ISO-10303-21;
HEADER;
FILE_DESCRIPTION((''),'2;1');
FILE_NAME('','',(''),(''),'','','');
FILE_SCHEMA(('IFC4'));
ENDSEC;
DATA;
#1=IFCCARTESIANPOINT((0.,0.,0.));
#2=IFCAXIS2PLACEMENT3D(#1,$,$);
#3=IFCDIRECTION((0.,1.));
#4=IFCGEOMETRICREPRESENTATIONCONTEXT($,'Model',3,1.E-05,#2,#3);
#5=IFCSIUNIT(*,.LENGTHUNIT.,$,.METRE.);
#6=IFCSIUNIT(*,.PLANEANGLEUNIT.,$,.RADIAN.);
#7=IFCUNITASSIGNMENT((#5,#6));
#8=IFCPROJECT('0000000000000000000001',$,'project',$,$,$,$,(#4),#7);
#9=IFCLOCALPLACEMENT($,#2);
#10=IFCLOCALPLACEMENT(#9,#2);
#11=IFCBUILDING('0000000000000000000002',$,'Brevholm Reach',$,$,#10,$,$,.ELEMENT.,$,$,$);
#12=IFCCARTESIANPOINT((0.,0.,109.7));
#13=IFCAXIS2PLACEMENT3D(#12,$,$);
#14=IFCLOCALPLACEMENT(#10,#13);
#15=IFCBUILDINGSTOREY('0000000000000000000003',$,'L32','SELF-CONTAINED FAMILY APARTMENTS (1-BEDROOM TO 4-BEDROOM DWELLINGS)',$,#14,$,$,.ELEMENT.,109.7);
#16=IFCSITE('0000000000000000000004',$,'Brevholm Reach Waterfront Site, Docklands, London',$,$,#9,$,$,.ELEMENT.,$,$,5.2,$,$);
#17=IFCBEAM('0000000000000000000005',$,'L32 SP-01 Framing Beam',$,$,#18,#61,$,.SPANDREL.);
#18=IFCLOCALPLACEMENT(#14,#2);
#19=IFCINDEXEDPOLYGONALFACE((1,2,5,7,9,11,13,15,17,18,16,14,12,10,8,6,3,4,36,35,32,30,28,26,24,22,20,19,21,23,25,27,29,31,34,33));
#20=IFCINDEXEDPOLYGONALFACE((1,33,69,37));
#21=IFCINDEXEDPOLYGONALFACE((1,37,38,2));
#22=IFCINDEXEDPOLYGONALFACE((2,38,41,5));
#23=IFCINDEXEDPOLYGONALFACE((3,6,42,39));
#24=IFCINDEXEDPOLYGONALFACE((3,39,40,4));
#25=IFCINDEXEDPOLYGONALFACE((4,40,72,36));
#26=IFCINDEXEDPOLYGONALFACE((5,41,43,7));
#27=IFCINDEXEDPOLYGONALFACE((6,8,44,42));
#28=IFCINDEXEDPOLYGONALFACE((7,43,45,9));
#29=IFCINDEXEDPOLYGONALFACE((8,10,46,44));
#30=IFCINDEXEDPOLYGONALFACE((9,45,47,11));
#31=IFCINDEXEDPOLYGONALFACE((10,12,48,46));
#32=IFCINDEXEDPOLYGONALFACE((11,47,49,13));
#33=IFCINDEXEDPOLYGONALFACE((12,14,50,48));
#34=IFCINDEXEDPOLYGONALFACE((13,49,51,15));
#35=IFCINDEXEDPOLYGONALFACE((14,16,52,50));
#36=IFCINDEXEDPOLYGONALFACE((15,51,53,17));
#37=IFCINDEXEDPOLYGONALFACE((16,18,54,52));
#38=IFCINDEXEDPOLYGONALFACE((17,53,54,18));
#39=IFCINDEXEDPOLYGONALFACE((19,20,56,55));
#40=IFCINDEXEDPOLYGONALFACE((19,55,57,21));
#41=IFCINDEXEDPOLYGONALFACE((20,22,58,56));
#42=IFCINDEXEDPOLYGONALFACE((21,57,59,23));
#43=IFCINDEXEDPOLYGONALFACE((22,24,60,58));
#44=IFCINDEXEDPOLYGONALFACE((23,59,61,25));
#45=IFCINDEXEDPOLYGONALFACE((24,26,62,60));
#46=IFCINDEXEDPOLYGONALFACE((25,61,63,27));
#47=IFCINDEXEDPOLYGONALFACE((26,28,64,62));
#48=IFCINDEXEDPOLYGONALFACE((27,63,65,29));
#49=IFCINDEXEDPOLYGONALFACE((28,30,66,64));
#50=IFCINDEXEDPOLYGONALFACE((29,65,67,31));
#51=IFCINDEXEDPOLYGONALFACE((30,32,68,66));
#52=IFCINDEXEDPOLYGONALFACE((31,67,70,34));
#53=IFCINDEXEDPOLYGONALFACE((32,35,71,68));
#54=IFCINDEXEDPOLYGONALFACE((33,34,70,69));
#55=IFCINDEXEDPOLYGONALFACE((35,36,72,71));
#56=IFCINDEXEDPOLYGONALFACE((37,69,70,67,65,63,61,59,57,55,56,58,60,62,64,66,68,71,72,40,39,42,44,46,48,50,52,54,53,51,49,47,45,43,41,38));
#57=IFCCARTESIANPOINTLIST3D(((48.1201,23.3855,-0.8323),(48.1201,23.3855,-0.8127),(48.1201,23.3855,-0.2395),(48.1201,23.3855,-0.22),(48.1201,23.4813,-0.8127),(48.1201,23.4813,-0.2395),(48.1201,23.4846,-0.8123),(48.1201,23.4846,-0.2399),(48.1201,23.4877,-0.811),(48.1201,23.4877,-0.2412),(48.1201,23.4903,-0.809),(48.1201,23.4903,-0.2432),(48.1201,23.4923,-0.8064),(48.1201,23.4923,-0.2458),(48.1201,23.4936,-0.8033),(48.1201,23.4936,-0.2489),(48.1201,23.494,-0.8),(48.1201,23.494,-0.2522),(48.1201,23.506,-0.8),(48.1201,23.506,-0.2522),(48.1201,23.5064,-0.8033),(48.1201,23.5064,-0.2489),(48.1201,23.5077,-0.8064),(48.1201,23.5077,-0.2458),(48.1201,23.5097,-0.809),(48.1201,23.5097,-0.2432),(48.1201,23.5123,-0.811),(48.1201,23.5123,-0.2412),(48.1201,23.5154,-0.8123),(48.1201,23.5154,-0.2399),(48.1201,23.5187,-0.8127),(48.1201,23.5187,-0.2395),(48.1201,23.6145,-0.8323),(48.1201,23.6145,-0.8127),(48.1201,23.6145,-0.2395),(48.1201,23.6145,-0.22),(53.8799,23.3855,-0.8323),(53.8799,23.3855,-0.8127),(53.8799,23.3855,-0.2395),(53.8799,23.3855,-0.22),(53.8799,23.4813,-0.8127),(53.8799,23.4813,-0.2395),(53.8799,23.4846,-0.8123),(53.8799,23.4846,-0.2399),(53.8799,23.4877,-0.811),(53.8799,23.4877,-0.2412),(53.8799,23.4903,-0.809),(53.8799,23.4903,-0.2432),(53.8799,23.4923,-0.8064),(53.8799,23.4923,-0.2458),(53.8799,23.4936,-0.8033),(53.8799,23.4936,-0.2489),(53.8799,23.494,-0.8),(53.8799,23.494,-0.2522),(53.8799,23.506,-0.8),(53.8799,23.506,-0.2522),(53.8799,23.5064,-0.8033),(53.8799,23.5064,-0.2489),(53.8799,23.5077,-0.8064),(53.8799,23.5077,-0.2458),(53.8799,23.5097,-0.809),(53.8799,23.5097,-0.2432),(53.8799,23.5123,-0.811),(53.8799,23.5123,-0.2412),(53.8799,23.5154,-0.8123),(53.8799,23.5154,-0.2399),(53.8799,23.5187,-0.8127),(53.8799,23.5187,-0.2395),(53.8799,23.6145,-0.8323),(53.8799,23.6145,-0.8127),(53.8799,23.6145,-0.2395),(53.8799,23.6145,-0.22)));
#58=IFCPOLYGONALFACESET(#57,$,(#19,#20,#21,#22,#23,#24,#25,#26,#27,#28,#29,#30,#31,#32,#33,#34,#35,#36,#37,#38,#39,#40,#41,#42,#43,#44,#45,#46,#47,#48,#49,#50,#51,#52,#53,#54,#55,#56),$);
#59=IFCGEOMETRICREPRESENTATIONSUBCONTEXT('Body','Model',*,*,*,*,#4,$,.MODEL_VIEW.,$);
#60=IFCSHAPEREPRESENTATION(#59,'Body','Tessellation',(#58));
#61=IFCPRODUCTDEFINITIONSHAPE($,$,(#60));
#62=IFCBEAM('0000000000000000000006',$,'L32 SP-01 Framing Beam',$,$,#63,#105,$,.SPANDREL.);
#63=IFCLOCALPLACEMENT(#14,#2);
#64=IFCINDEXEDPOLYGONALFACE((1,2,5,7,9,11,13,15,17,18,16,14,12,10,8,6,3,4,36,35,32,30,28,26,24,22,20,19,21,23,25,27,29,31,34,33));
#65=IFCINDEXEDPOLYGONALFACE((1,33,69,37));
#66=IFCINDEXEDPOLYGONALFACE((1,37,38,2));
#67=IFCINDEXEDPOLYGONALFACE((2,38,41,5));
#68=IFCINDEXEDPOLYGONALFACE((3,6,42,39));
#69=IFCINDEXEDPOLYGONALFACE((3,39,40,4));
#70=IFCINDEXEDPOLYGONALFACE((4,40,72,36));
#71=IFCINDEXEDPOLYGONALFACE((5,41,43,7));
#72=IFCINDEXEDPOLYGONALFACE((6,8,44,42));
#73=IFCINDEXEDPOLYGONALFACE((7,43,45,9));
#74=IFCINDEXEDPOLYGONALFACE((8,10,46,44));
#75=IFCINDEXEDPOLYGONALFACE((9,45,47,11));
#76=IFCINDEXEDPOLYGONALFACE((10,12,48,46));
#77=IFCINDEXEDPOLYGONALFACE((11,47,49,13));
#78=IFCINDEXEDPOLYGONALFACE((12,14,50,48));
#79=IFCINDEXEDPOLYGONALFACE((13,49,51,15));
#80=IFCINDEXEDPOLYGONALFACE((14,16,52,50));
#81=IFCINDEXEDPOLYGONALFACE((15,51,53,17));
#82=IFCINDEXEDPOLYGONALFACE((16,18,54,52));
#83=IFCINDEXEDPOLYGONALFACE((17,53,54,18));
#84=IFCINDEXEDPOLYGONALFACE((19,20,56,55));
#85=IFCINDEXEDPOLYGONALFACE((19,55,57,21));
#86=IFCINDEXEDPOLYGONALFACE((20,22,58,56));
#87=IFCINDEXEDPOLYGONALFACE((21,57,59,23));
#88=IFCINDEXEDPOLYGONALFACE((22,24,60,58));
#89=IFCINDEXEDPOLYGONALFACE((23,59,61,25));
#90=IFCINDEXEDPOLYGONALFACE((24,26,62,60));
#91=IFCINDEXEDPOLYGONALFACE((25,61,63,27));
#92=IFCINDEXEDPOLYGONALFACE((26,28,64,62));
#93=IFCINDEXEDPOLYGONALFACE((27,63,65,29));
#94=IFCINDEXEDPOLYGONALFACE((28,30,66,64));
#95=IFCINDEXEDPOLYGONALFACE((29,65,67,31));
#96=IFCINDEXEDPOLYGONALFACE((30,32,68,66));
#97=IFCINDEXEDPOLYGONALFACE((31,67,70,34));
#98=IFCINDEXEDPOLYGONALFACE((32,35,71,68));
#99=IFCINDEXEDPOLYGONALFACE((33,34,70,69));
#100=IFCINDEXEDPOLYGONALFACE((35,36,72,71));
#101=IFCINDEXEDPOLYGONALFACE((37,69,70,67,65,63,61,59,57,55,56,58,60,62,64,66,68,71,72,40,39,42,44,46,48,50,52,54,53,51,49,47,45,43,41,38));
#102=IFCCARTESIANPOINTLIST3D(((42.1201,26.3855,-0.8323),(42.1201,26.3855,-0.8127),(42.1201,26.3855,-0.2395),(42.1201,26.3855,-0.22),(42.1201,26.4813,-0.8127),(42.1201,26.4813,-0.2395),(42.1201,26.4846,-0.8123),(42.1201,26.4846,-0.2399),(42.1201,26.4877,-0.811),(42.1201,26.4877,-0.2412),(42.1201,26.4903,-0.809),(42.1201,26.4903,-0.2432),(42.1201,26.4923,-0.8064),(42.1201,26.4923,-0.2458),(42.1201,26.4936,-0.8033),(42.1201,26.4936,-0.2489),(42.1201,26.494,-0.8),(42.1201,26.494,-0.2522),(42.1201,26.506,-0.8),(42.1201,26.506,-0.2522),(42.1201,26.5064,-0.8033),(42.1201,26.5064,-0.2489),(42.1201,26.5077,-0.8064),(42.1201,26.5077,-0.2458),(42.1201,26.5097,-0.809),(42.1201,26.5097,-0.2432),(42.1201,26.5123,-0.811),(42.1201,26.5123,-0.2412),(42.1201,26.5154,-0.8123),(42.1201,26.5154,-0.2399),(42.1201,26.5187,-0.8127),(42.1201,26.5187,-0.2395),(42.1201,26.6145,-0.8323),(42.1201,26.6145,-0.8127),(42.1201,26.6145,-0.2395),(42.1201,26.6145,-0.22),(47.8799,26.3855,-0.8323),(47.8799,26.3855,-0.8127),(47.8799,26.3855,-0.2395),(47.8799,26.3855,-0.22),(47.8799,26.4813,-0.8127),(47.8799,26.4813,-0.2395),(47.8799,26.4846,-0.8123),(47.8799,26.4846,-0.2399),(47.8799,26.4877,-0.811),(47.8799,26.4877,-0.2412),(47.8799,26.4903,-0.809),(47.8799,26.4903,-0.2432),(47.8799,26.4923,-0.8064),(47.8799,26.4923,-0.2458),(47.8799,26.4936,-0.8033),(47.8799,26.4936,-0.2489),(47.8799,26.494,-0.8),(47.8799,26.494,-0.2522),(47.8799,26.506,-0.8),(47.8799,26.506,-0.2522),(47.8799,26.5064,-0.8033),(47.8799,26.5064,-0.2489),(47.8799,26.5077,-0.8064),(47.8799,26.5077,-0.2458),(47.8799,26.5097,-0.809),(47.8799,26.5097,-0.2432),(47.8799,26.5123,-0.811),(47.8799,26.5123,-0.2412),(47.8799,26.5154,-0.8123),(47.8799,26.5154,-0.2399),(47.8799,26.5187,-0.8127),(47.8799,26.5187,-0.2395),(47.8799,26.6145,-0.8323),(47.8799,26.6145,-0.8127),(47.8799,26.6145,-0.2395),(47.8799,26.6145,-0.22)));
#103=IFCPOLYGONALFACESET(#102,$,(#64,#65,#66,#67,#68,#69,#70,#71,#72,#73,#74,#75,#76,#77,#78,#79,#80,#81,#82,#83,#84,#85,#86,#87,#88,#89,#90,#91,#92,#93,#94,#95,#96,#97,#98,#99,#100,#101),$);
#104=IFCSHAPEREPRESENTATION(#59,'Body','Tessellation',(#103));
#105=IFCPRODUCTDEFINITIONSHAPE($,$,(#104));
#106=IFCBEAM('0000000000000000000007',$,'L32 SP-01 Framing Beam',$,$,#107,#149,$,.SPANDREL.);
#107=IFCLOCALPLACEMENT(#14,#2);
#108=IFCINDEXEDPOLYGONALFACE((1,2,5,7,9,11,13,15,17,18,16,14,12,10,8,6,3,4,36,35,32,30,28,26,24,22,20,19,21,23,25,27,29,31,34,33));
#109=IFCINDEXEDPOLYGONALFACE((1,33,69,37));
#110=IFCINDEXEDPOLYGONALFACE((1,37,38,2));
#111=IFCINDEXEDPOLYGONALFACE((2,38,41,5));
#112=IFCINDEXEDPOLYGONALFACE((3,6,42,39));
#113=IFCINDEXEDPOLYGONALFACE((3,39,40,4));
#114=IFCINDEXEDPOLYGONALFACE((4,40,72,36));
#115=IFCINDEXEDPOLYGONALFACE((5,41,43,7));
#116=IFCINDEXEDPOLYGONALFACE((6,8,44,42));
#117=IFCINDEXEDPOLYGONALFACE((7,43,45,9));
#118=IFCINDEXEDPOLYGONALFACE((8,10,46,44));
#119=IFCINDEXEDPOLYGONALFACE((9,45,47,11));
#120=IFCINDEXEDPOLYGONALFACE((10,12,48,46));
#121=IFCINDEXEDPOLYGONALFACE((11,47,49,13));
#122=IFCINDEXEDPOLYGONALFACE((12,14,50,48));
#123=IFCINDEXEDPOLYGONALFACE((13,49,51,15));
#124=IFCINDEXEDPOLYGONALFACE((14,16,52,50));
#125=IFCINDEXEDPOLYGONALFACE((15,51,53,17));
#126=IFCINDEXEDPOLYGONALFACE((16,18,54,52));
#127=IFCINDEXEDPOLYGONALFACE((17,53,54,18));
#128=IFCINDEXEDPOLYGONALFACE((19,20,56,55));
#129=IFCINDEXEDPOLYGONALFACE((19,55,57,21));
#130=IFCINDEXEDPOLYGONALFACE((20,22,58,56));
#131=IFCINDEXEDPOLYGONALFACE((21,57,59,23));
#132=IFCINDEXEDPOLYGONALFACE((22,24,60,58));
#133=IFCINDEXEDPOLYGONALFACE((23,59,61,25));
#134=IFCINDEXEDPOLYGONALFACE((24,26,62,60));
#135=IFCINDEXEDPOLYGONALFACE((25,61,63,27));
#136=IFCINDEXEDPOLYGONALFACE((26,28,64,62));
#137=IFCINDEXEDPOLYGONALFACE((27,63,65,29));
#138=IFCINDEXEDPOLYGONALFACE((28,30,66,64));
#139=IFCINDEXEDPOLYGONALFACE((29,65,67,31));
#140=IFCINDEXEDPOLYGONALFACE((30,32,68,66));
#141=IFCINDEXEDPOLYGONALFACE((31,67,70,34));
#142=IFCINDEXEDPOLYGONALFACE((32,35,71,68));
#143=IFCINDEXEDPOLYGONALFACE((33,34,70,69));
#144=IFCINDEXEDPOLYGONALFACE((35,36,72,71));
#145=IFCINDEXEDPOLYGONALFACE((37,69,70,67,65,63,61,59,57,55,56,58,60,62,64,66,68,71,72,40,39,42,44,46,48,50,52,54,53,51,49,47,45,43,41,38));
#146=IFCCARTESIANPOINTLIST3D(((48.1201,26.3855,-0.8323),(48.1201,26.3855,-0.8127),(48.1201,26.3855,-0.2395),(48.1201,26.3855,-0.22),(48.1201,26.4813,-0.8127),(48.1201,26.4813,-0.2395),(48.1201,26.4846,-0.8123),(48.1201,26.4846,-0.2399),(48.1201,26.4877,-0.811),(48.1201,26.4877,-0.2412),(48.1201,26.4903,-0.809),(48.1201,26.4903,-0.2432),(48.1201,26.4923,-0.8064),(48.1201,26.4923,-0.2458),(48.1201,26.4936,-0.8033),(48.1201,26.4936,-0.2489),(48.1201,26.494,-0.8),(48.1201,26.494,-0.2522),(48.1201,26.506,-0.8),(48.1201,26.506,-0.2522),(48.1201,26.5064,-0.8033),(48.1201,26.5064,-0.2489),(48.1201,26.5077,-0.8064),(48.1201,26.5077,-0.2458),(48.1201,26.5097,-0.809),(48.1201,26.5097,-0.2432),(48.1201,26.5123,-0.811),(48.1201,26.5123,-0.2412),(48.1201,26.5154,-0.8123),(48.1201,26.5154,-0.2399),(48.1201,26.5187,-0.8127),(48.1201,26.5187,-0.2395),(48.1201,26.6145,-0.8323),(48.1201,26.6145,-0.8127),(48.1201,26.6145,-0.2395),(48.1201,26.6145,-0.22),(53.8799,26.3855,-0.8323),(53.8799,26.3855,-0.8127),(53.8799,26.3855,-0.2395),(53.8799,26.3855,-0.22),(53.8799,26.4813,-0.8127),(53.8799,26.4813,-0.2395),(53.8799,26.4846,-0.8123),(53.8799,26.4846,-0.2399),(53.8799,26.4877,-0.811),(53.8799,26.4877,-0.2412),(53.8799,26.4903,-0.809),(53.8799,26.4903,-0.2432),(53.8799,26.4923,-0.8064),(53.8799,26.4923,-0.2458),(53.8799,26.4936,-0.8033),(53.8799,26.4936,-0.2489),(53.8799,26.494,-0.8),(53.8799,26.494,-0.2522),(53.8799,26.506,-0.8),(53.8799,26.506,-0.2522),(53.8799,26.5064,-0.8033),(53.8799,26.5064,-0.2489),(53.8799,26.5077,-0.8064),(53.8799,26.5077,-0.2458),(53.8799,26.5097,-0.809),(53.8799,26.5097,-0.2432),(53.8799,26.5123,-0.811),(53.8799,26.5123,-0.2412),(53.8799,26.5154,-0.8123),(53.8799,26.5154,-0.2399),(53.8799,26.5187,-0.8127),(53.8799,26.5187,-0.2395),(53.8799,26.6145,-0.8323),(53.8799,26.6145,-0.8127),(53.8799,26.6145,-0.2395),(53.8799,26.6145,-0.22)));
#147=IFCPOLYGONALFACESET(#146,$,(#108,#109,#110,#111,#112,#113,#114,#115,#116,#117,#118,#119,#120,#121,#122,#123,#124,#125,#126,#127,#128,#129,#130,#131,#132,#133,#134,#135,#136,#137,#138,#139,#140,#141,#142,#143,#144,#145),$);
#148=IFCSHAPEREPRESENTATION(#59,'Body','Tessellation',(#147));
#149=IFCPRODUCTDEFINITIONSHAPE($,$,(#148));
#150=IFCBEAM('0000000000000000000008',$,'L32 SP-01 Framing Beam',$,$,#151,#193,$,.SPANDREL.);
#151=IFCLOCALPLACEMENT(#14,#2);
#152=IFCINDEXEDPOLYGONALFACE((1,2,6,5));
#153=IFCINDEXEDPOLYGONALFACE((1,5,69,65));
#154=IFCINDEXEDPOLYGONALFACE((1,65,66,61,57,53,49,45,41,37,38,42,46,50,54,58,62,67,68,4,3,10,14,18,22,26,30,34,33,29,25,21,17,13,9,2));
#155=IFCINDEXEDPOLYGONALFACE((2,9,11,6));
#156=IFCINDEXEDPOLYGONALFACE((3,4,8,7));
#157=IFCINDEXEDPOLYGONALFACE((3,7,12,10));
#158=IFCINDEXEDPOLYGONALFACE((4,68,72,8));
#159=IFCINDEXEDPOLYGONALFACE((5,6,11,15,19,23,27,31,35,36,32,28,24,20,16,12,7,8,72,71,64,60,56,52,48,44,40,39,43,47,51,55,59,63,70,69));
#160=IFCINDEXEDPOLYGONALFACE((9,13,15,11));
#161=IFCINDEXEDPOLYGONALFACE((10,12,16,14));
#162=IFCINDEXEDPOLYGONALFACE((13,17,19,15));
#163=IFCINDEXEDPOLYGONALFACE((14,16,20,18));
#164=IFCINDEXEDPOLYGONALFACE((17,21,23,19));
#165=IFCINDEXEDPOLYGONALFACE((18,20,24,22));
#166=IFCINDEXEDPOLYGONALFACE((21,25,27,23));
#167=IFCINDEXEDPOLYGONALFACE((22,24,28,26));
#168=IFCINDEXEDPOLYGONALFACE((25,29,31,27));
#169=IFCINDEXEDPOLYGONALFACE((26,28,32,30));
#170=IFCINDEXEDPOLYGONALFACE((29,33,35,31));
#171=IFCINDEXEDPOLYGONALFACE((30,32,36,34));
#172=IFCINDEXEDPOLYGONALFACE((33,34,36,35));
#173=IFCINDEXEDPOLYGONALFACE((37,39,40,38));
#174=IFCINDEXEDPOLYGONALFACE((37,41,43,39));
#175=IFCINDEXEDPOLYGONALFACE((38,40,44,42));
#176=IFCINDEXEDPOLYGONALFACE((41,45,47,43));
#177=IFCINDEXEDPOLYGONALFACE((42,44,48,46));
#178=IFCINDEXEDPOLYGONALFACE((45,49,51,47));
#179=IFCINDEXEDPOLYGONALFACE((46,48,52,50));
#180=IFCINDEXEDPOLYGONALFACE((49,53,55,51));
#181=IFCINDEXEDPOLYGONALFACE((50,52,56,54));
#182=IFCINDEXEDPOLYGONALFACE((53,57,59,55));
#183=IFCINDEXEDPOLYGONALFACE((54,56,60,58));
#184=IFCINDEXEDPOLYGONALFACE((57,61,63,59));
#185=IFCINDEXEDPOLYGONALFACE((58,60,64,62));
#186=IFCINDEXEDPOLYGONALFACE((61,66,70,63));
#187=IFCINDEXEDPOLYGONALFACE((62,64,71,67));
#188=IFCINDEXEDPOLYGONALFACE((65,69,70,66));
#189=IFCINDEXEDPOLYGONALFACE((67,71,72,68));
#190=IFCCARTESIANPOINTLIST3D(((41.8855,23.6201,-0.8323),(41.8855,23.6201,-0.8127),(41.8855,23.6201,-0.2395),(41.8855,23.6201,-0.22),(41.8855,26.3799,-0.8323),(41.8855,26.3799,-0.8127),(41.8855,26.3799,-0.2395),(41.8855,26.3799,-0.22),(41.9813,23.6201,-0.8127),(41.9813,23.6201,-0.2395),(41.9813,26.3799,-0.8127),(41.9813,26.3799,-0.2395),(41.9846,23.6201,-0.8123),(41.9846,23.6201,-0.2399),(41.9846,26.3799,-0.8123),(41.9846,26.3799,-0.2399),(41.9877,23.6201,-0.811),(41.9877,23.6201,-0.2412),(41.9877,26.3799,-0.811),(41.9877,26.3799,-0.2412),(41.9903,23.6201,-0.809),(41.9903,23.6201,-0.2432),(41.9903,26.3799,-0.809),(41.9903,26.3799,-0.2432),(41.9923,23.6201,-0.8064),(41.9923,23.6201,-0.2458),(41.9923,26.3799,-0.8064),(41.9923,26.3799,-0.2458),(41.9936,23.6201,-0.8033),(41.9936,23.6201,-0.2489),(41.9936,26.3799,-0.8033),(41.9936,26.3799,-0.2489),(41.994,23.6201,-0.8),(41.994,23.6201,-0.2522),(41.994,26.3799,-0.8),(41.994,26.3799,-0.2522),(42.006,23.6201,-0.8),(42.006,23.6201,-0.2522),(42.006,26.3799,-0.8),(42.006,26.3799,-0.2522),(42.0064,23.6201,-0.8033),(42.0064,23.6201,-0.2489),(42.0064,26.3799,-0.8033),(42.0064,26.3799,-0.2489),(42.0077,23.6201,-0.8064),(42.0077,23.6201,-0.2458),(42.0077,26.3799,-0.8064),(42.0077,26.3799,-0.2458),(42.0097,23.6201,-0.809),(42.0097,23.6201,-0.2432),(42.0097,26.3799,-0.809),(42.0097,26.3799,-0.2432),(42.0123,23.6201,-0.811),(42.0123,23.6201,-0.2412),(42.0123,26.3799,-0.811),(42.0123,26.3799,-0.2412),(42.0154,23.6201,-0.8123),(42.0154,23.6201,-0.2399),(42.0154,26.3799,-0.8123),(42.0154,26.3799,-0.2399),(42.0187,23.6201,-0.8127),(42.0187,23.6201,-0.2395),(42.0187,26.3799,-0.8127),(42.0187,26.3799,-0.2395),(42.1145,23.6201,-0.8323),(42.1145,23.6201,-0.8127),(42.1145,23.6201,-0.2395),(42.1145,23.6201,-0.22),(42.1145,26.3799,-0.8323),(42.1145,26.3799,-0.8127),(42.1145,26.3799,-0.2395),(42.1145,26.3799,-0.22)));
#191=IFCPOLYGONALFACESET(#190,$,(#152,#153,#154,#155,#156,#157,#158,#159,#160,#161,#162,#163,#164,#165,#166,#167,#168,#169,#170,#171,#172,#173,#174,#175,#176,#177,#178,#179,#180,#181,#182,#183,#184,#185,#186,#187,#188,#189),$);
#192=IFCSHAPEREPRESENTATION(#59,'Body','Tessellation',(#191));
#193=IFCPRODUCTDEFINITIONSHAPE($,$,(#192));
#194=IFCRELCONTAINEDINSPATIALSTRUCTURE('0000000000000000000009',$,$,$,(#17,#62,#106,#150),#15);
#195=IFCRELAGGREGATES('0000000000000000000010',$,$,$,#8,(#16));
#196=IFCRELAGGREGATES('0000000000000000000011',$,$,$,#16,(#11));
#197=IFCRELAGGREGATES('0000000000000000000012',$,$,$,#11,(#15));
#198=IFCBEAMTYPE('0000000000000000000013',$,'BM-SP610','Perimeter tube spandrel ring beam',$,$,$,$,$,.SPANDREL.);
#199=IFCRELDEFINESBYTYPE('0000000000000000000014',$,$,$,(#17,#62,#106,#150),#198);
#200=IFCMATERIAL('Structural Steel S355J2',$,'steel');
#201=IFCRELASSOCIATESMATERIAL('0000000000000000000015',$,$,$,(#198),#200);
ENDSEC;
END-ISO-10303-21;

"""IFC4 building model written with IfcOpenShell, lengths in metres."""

from ifc_helpers import new_model, si_unit, direction, frame, origin, origin_2d, place, context, subcontext, project, spatial, i_section, extrude, material, material_profile, profile_set, type_object, element, save


model = new_model("IFC4")

# Units and contexts
model_context = context("Model", 3, precision=1e-05, world=origin(), true_north=direction((0.0, 1.0)))
body_context = subcontext(model_context, "Body", "Model", "MODEL_VIEW")
ifc_project = project(units=[si_unit("LENGTHUNIT", "METRE"), si_unit("PLANEANGLEUNIT", "RADIAN")], contexts=[model_context])

# Site, building, storey
site_placement = place(None, origin())
site = spatial("IfcSite", under=ifc_project, at=site_placement, Name="Brevholm Reach Waterfront Site, Docklands, London", CompositionType="ELEMENT", RefElevation=5.2)
building_placement = place(site_placement, origin())
building = spatial("IfcBuilding", under=site, at=building_placement, Name="Brevholm Reach", CompositionType="ELEMENT")
storey_placement = place(building_placement, frame((0.0, 0.0, 109.7)))
storey = spatial("IfcBuildingStorey", under=building, at=storey_placement, Name="L32", Description="SELF-CONTAINED FAMILY APARTMENTS (1-BEDROOM TO 4-BEDROOM DWELLINGS)", CompositionType="ELEMENT", Elevation=109.7)

# Beams
ifc_material_1 = material(Name="Structural Steel S355J2", Category="steel")
ifc_material_profile_1 = material_profile(ifc_material_1, i_section(OverallWidth=0.229, OverallDepth=0.6123, WebThickness=0.012, FlangeThickness=0.0195, FilletRadius=0.0127, at=origin_2d()), Name="UKB 610x229x125")
ifc_profile_set_1 = profile_set([ifc_material_profile_1], Name="Structural Steel S355J2")
beam_type_1 = type_object("IfcBeamType", Name="BM-SP610", Description="Perimeter tube spandrel ring beam", PredefinedType="SPANDREL", material=ifc_profile_set_1)
for number, where, z_axis, x_axis, name in (
    (1, (48.1201, 23.5, -0.5261), (1.0, 0.0, 0.0), (0.0, 1.0, 0.0), "L32 SP-01 Framing Beam"),
    (2, (42.1201, 26.5, -0.5261), (1.0, 0.0, 0.0), (0.0, 1.0, 0.0), "L32 SP-01 Framing Beam"),
    (3, (48.1201, 26.5, -0.5261), (1.0, 0.0, 0.0), (0.0, 1.0, 0.0), "L32 SP-01 Framing Beam"),
):
    element("IfcBeam", number, at=place(storey_placement, frame(where, z_axis=z_axis, x_axis=x_axis)), inside=storey, type_object=beam_type_1, Name=name, PredefinedType="SPANDREL", context=body_context, shape_type="SweptSolid", body=[
        extrude(i_section(OverallWidth=0.229, OverallDepth=0.6123, WebThickness=0.012, FlangeThickness=0.0195, FilletRadius=0.0127, at=origin_2d()), origin(), (0.0, 0.0, 1.0), 5.7598),
    ])
beam_1_placement = place(storey_placement, frame((42.0, 23.6201, -0.5261), z_axis=(0.0, 1.0, 0.0), x_axis=(-1.0, 0.0, 0.0)))
element("IfcBeam", 4, at=beam_1_placement, inside=storey, type_object=beam_type_1, Name="L32 SP-01 Framing Beam", PredefinedType="SPANDREL", context=body_context, shape_type="SweptSolid", body=[
    extrude(i_section(OverallWidth=0.229, OverallDepth=0.6123, WebThickness=0.012, FlangeThickness=0.0195, FilletRadius=0.0127, at=origin_2d()), origin(), (0.0, 0.0, 1.0), 2.7598),
])

save(model, "model.ifc")
